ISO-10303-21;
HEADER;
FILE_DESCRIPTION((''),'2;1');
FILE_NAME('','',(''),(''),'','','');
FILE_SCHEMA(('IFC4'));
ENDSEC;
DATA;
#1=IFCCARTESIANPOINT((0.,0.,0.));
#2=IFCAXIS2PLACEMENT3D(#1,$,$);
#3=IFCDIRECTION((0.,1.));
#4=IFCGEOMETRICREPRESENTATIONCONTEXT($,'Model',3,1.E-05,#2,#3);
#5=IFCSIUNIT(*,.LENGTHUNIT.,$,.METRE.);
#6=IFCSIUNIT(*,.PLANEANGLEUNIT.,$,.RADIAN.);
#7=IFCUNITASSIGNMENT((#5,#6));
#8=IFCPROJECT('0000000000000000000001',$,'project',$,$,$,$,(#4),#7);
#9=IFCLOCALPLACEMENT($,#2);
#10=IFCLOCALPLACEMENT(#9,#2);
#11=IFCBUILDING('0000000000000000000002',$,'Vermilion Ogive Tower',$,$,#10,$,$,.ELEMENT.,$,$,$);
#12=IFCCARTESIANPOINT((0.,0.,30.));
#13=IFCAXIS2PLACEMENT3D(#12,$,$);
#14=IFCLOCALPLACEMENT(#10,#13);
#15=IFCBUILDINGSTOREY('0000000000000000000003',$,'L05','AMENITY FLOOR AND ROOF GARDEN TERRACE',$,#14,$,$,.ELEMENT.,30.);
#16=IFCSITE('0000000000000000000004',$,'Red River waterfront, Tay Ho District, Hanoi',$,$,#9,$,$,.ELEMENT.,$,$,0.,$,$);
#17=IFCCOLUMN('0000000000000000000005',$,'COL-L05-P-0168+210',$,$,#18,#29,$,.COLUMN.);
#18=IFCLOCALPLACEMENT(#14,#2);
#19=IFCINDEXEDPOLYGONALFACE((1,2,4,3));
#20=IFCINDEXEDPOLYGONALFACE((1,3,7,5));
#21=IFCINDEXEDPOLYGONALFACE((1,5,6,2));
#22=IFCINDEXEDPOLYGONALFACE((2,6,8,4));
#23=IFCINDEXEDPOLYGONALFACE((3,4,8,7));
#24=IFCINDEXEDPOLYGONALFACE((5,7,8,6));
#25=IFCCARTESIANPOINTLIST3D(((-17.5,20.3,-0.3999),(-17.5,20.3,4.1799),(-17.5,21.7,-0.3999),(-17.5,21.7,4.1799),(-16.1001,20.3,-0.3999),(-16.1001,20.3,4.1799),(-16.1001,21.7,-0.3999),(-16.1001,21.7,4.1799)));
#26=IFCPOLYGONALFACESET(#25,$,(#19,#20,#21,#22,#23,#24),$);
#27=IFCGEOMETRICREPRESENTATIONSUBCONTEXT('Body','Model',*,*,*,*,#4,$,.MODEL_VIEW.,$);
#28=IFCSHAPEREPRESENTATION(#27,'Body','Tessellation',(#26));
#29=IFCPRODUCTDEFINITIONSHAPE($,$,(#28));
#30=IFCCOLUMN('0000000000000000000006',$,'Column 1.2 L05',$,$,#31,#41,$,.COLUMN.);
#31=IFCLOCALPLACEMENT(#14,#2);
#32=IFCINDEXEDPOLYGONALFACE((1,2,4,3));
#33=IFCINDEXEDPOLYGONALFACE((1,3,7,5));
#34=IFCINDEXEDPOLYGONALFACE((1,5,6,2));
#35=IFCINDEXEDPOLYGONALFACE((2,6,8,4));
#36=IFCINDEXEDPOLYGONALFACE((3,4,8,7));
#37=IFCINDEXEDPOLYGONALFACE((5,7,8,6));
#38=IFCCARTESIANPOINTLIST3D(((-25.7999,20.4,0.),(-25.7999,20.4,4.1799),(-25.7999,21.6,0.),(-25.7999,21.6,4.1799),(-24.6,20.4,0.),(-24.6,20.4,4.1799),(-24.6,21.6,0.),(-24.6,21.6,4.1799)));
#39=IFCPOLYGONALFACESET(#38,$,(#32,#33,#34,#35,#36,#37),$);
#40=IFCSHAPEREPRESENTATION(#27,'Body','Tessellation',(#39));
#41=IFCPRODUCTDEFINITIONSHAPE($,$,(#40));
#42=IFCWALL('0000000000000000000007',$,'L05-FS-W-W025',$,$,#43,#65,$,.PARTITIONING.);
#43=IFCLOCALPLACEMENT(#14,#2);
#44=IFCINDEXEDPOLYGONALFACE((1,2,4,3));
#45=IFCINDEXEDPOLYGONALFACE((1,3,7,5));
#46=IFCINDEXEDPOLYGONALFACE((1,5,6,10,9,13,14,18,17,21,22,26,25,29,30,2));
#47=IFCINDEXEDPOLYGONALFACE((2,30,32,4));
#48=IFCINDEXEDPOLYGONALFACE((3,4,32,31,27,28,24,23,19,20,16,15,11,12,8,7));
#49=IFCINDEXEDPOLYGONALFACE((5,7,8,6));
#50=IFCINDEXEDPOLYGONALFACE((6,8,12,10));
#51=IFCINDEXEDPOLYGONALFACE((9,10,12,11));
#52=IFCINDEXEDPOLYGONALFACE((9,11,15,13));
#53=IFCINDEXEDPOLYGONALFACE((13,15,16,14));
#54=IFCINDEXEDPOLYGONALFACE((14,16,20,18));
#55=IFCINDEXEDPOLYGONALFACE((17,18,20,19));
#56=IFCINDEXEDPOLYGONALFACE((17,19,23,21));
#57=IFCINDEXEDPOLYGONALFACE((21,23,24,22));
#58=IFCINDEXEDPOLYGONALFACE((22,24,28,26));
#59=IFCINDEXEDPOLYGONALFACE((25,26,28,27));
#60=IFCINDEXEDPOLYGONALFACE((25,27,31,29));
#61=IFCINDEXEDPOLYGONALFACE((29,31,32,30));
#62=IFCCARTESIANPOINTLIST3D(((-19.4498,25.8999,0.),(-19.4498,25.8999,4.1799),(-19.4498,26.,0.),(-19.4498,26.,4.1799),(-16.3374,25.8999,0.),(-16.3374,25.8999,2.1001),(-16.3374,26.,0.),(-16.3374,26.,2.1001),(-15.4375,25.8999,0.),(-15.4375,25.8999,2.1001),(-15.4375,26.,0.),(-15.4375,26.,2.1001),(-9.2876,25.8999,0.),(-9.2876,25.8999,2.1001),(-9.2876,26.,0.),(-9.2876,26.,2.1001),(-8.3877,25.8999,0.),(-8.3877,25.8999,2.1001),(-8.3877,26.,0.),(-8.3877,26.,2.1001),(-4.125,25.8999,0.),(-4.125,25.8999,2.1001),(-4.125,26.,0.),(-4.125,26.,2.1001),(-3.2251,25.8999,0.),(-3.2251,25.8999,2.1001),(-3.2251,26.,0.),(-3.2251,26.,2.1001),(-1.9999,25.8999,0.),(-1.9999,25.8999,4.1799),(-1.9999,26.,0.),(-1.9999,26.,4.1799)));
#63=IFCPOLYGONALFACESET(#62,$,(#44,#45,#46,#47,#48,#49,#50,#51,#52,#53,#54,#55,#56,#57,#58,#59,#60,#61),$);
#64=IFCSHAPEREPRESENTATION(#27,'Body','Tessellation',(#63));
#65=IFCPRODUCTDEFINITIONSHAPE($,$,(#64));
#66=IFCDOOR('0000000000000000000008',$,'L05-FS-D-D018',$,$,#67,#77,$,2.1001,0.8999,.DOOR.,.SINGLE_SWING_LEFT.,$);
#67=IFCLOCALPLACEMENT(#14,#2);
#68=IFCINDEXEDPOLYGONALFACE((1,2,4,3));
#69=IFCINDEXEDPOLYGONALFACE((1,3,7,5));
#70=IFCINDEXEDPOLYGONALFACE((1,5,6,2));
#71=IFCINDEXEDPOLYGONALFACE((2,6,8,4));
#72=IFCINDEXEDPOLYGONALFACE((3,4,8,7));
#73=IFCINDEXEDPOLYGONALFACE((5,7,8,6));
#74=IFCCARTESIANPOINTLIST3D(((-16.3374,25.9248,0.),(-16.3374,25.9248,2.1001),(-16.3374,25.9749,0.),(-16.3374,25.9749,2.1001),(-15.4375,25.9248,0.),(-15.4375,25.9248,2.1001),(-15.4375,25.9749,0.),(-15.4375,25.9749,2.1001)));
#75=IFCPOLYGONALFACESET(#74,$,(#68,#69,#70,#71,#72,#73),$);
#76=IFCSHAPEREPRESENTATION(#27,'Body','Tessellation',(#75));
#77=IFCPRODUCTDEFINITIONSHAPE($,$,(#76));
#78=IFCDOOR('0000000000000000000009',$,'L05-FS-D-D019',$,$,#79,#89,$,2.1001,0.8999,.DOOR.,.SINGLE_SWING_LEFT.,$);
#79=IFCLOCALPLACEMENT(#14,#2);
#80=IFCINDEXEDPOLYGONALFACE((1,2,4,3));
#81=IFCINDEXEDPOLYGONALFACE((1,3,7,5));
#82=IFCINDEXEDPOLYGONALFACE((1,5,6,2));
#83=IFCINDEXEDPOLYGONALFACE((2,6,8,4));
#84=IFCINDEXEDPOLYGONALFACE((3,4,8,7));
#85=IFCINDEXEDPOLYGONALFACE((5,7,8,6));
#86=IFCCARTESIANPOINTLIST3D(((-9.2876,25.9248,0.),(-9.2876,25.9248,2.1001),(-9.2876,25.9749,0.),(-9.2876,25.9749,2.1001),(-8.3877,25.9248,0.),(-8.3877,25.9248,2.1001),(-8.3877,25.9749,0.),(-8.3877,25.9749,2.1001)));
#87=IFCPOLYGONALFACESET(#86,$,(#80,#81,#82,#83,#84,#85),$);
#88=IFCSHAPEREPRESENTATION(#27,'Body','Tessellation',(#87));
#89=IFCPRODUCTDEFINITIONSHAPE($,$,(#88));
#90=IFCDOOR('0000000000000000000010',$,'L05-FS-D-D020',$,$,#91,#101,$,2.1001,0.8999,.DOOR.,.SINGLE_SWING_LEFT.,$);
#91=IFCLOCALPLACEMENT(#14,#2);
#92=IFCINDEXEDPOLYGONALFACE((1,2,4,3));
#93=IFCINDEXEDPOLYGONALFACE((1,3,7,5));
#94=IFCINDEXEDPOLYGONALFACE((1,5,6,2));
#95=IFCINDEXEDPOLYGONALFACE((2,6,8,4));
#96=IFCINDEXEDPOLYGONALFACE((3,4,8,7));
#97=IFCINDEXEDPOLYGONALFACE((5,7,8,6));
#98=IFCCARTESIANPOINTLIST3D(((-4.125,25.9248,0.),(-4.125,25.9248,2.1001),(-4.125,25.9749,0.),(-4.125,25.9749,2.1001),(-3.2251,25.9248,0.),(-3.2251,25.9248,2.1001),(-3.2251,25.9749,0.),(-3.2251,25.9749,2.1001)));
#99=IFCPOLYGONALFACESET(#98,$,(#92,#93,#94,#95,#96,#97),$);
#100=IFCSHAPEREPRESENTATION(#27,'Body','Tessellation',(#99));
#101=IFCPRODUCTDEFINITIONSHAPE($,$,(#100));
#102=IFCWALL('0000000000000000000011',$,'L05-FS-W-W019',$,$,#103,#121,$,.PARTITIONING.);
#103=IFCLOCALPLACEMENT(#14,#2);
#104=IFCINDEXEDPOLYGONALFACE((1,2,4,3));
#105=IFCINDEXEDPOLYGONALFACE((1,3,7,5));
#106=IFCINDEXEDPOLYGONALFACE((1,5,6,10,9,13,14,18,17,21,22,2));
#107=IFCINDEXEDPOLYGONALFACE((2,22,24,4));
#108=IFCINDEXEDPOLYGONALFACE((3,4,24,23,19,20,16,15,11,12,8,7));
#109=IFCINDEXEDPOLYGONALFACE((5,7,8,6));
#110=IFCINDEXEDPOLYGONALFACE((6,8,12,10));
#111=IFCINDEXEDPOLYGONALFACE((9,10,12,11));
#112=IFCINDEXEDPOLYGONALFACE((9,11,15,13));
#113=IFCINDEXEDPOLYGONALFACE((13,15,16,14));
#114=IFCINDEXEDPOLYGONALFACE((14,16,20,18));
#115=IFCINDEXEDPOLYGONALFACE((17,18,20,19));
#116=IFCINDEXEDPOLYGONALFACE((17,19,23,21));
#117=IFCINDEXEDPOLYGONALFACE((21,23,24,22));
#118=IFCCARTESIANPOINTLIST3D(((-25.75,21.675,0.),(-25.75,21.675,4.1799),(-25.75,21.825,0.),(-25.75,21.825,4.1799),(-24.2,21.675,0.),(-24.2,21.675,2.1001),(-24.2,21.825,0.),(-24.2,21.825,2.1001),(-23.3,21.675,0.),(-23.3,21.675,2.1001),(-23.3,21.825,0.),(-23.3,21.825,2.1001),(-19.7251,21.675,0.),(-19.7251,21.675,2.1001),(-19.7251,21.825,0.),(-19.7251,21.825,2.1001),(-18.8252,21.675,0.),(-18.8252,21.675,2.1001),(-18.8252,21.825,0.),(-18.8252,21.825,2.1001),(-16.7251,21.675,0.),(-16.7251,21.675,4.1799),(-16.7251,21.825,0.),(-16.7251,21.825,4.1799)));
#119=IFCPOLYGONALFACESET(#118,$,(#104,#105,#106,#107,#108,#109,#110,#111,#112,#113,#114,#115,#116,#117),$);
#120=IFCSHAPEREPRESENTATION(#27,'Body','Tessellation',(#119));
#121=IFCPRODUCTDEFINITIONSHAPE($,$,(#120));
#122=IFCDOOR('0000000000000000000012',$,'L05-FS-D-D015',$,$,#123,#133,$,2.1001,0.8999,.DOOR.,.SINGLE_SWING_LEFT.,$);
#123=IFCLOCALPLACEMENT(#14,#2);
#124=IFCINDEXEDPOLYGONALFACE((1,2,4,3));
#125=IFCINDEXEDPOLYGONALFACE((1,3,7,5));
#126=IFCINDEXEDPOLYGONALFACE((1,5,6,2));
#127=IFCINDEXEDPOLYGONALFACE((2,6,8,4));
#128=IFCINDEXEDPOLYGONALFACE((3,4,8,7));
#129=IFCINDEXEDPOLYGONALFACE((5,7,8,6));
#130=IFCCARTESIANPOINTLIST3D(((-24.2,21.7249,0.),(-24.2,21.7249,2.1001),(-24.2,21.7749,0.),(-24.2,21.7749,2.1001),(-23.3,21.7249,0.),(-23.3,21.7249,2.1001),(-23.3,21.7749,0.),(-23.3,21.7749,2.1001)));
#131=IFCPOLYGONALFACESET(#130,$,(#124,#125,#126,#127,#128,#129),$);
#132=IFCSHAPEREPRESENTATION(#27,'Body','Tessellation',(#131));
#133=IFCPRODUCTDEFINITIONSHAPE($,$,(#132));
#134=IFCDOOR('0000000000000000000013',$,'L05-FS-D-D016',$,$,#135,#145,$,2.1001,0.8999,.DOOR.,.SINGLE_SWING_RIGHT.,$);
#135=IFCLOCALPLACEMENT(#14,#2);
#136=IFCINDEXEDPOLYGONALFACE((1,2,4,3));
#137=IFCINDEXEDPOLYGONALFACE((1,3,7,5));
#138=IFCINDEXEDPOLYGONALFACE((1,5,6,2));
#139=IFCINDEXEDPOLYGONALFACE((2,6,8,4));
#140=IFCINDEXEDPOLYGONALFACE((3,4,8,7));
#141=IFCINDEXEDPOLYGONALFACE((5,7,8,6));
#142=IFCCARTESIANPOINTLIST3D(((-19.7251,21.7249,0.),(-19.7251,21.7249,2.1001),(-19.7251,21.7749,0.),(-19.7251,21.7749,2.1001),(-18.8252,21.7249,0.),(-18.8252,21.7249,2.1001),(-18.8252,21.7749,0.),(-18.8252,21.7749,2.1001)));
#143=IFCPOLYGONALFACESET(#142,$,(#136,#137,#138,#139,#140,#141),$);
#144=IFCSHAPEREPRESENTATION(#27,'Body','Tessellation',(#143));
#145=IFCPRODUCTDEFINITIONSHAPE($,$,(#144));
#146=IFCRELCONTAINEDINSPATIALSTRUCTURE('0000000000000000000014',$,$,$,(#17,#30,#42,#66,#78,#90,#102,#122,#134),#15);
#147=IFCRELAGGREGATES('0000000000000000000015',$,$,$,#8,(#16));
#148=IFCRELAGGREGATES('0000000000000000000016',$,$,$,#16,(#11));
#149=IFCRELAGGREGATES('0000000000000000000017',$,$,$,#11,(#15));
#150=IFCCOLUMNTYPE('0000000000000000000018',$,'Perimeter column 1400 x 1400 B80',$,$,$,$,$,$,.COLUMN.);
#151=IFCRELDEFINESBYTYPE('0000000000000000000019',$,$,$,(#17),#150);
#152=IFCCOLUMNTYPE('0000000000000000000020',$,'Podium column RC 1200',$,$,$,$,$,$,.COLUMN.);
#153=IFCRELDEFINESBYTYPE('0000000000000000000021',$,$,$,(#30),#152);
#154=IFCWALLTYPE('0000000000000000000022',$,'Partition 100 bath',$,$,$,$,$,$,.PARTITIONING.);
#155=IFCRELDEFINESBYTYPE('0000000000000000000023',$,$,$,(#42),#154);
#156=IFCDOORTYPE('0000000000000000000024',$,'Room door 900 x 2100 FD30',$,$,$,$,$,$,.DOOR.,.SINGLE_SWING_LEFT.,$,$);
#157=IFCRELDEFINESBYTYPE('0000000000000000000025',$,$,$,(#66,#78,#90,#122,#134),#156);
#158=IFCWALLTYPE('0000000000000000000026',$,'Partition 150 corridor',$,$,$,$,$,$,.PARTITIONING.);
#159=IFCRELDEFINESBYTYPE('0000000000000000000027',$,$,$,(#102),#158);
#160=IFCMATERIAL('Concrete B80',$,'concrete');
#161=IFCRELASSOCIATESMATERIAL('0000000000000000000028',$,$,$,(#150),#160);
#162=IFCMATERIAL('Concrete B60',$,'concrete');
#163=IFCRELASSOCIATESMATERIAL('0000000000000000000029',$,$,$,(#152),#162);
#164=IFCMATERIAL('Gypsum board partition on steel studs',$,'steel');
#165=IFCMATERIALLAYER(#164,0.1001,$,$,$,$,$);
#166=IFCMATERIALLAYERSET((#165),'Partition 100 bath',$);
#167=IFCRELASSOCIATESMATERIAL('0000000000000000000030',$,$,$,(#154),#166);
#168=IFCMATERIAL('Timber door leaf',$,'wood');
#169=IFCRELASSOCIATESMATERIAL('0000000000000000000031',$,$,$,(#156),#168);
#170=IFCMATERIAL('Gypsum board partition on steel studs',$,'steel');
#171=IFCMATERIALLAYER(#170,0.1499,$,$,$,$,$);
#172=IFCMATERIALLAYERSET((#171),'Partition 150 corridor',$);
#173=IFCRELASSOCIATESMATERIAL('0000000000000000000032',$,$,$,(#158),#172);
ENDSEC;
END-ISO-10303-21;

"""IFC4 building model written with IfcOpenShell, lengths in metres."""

from ifc_helpers import new_model, si_unit, direction, frame, frame_2d, origin, origin_2d, place, context, subcontext, project, spatial, rectangle, extrude, material, layer, layer_set, material_profile, profile_set, type_object, element, fill, save


model = new_model("IFC4")

# Units and contexts
model_context = context("Model", 3, precision=1e-05, world=origin(), true_north=direction((0.0, 1.0)))
body_context = subcontext(model_context, "Body", "Model", "MODEL_VIEW")
ifc_project = project(units=[si_unit("LENGTHUNIT", "METRE"), si_unit("PLANEANGLEUNIT", "RADIAN")], contexts=[model_context])

# Site, building, storey
site_placement = place(None, origin())
site = spatial("IfcSite", under=ifc_project, at=site_placement, Name="Red River waterfront, Tay Ho District, Hanoi", CompositionType="ELEMENT", RefElevation=0.0)
building_placement = place(site_placement, origin())
building = spatial("IfcBuilding", under=site, at=building_placement, Name="Vermilion Ogive Tower", CompositionType="ELEMENT")
storey_placement = place(building_placement, frame((0.0, 0.0, 30.0)))
storey = spatial("IfcBuildingStorey", under=building, at=storey_placement, Name="L05", Description="AMENITY FLOOR AND ROOF GARDEN TERRACE", CompositionType="ELEMENT", Elevation=30.0)

# Columns
ifc_material_1 = material(Name="Concrete B80", Category="concrete")
ifc_material_profile_1 = material_profile(ifc_material_1, rectangle(XDim=1.3999, YDim=1.3999, at=origin_2d()), Name="1400 x 1400")
ifc_profile_set_1 = profile_set([ifc_material_profile_1], Name="Concrete B80")
column_type_1 = type_object("IfcColumnType", Name="Perimeter column 1400 x 1400 B80", PredefinedType="COLUMN", material=ifc_profile_set_1)
column_1_placement = place(storey_placement, frame((-16.8, 21.0, -0.3999), z_axis=(0.0, 0.0, 1.0), x_axis=(1.0, 0.0, 0.0)))
element("IfcColumn", 1, at=column_1_placement, inside=storey, type_object=column_type_1, Name="COL-L05-P-0168+210", PredefinedType="COLUMN", context=body_context, shape_type="SweptSolid", body=[
    extrude(rectangle(XDim=1.3999, YDim=1.3999, at=origin_2d()), origin(), (0.0, 0.0, 1.0), 4.5798),
])
ifc_material_2 = material(Name="Concrete B60", Category="concrete")
ifc_material_profile_2 = material_profile(ifc_material_2, rectangle(XDim=1.2, YDim=1.2, at=origin_2d()), Name="RC 1200x1200")
ifc_profile_set_2 = profile_set([ifc_material_profile_2], Name="Concrete B60")
column_type_2 = type_object("IfcColumnType", Name="Podium column RC 1200", PredefinedType="COLUMN", material=ifc_profile_set_2)
column_2_placement = place(storey_placement, frame((-25.2, 21.0, 0.0), z_axis=(0.0, 0.0, 1.0), x_axis=(1.0, 0.0, 0.0)))
element("IfcColumn", 2, at=column_2_placement, inside=storey, type_object=column_type_2, Name="Column 1.2 L05", PredefinedType="COLUMN", context=body_context, shape_type="SweptSolid", body=[
    extrude(rectangle(XDim=1.2, YDim=1.2, at=origin_2d()), origin(), (0.0, 0.0, 1.0), 4.1799),
])

# Walls, openings, doors
ifc_material_3 = material(Name="Gypsum board partition on steel studs", Category="steel")
ifc_layer_1 = layer(ifc_material_3, 0.1001)
ifc_layer_set_1 = layer_set([ifc_layer_1], Name="Partition 100 bath")
wall_type_1 = type_object("IfcWallType", Name="Partition 100 bath", PredefinedType="PARTITIONING", material=ifc_layer_set_1)
wall_1_placement = place(storey_placement, frame((-19.45, 25.95, 0.0), z_axis=(0.0, 0.0, 1.0), x_axis=(1.0, 0.0, 0.0)))
wall_1 = element("IfcWall", 3, at=wall_1_placement, inside=storey, type_object=wall_type_1, Name="L05-FS-W-W025", PredefinedType="PARTITIONING", context=body_context, shape_type="SweptSolid", body=[
    extrude(rectangle(XDim=17.45, YDim=0.1001, at=frame_2d((8.7251, 0.0))), origin(), (0.0, 0.0, 1.0), 4.1799),
])
opening_1_placement = place(wall_1_placement, frame((3.1125, 0.0, 0.0)))
opening_1 = element("IfcOpeningElement", 4, at=opening_1_placement, cuts=wall_1, PredefinedType="OPENING", context=body_context, shape_type="SweptSolid", body=[
    extrude(rectangle(XDim=0.8999, YDim=2.1001, at=frame_2d((0.45, 1.05))), frame((0.0, 0.0601, 0.0), z_axis=(0.0, -1.0, 0.0), x_axis=(1.0, 0.0, 0.0)), (0.0, 0.0, 1.0), 0.1201),
])
opening_2_placement = place(wall_1_placement, frame((10.1624, 0.0, 0.0)))
opening_2 = element("IfcOpeningElement", 5, at=opening_2_placement, cuts=wall_1, PredefinedType="OPENING", context=body_context, shape_type="SweptSolid", body=[
    extrude(rectangle(XDim=0.8999, YDim=2.1001, at=frame_2d((0.45, 1.05))), frame((0.0, 0.0601, 0.0), z_axis=(0.0, -1.0, 0.0), x_axis=(1.0, 0.0, 0.0)), (0.0, 0.0, 1.0), 0.1201),
])
opening_3_placement = place(wall_1_placement, frame((15.325, 0.0, 0.0)))
opening_3 = element("IfcOpeningElement", 6, at=opening_3_placement, cuts=wall_1, PredefinedType="OPENING", context=body_context, shape_type="SweptSolid", body=[
    extrude(rectangle(XDim=0.8999, YDim=2.1001, at=frame_2d((0.45, 1.05))), frame((0.0, 0.0601, 0.0), z_axis=(0.0, -1.0, 0.0), x_axis=(1.0, 0.0, 0.0)), (0.0, 0.0, 1.0), 0.1201),
])
ifc_material_4 = material(Name="Timber door leaf", Category="wood")
door_type_1 = type_object("IfcDoorType", Name="Room door 900 x 2100 FD30", OperationType="SINGLE_SWING_LEFT", PredefinedType="DOOR", material=ifc_material_4)
door_1_placement = place(opening_1_placement, origin())
door_1 = element("IfcDoor", 7, at=door_1_placement, inside=storey, type_object=door_type_1, Name="L05-FS-D-D018", OperationType="SINGLE_SWING_LEFT", OverallHeight=2.1001, OverallWidth=0.8999, PredefinedType="DOOR", context=body_context, shape_type="SweptSolid", body=[
    extrude(rectangle(XDim=0.8999, YDim=2.1001, at=frame_2d((0.45, 1.05))), frame((0.0, 0.0249, 0.0), z_axis=(0.0, -1.0, 0.0), x_axis=(1.0, 0.0, 0.0)), (0.0, 0.0, 1.0), 0.05),
])
fill(opening_1, door_1)
door_2_placement = place(opening_2_placement, origin())
door_2 = element("IfcDoor", 8, at=door_2_placement, inside=storey, type_object=door_type_1, Name="L05-FS-D-D019", OperationType="SINGLE_SWING_LEFT", OverallHeight=2.1001, OverallWidth=0.8999, PredefinedType="DOOR", context=body_context, shape_type="SweptSolid", body=[
    extrude(rectangle(XDim=0.8999, YDim=2.1001, at=frame_2d((0.45, 1.05))), frame((0.0, 0.0249, 0.0), z_axis=(0.0, -1.0, 0.0), x_axis=(1.0, 0.0, 0.0)), (0.0, 0.0, 1.0), 0.05),
])
fill(opening_2, door_2)
door_3_placement = place(opening_3_placement, origin())
door_3 = element("IfcDoor", 9, at=door_3_placement, inside=storey, type_object=door_type_1, Name="L05-FS-D-D020", OperationType="SINGLE_SWING_LEFT", OverallHeight=2.1001, OverallWidth=0.8999, PredefinedType="DOOR", context=body_context, shape_type="SweptSolid", body=[
    extrude(rectangle(XDim=0.8999, YDim=2.1001, at=frame_2d((0.45, 1.05))), frame((0.0, 0.0249, 0.0), z_axis=(0.0, -1.0, 0.0), x_axis=(1.0, 0.0, 0.0)), (0.0, 0.0, 1.0), 0.05),
])
fill(opening_3, door_3)
ifc_material_5 = material(Name="Gypsum board partition on steel studs", Category="steel")
ifc_layer_2 = layer(ifc_material_5, 0.1499)
ifc_layer_set_2 = layer_set([ifc_layer_2], Name="Partition 150 corridor")
wall_type_2 = type_object("IfcWallType", Name="Partition 150 corridor", PredefinedType="PARTITIONING", material=ifc_layer_set_2)
wall_2_placement = place(storey_placement, frame((-25.75, 21.75, 0.0), z_axis=(0.0, 0.0, 1.0), x_axis=(1.0, 0.0, 0.0)))
wall_2 = element("IfcWall", 10, at=wall_2_placement, inside=storey, type_object=wall_type_2, Name="L05-FS-W-W019", PredefinedType="PARTITIONING", context=body_context, shape_type="SweptSolid", body=[
    extrude(rectangle(XDim=9.0249, YDim=0.1499, at=frame_2d((4.5125, 0.0))), origin(), (0.0, 0.0, 1.0), 4.1799),
])
opening_4_placement = place(wall_2_placement, frame((1.55, 0.0, 0.0)))
opening_4 = element("IfcOpeningElement", 11, at=opening_4_placement, cuts=wall_2, PredefinedType="OPENING", context=body_context, shape_type="SweptSolid", body=[
    extrude(rectangle(XDim=0.8999, YDim=2.1001, at=frame_2d((0.45, 1.05))), frame((0.0, 0.085, 0.0), z_axis=(0.0, -1.0, 0.0), x_axis=(1.0, 0.0, 0.0)), (0.0, 0.0, 1.0), 0.1699),
])
opening_5_placement = place(wall_2_placement, frame((6.0249, 0.0, 0.0)))
opening_5 = element("IfcOpeningElement", 12, at=opening_5_placement, cuts=wall_2, PredefinedType="OPENING", context=body_context, shape_type="SweptSolid", body=[
    extrude(rectangle(XDim=0.8999, YDim=2.1001, at=frame_2d((0.45, 1.05))), frame((0.0, 0.085, 0.0), z_axis=(0.0, -1.0, 0.0), x_axis=(1.0, 0.0, 0.0)), (0.0, 0.0, 1.0), 0.1699),
])
door_4_placement = place(opening_4_placement, origin())
door_4 = element("IfcDoor", 13, at=door_4_placement, inside=storey, type_object=door_type_1, Name="L05-FS-D-D015", OperationType="SINGLE_SWING_LEFT", OverallHeight=2.1001, OverallWidth=0.8999, PredefinedType="DOOR", context=body_context, shape_type="SweptSolid", body=[
    extrude(rectangle(XDim=0.8999, YDim=2.1001, at=frame_2d((0.45, 1.05))), frame((0.0, 0.0249, 0.0), z_axis=(0.0, -1.0, 0.0), x_axis=(1.0, 0.0, 0.0)), (0.0, 0.0, 1.0), 0.05),
])
fill(opening_4, door_4)
door_5_placement = place(opening_5_placement, origin())
door_5 = element("IfcDoor", 14, at=door_5_placement, inside=storey, type_object=door_type_1, Name="L05-FS-D-D016", OperationType="SINGLE_SWING_RIGHT", OverallHeight=2.1001, OverallWidth=0.8999, PredefinedType="DOOR", context=body_context, shape_type="SweptSolid", body=[
    extrude(rectangle(XDim=0.8999, YDim=2.1001, at=frame_2d((0.45, 1.05))), frame((0.0, 0.0249, 0.0), z_axis=(0.0, -1.0, 0.0), x_axis=(1.0, 0.0, 0.0)), (0.0, 0.0, 1.0), 0.05),
])
fill(opening_5, door_5)

save(model, "model.ifc")
